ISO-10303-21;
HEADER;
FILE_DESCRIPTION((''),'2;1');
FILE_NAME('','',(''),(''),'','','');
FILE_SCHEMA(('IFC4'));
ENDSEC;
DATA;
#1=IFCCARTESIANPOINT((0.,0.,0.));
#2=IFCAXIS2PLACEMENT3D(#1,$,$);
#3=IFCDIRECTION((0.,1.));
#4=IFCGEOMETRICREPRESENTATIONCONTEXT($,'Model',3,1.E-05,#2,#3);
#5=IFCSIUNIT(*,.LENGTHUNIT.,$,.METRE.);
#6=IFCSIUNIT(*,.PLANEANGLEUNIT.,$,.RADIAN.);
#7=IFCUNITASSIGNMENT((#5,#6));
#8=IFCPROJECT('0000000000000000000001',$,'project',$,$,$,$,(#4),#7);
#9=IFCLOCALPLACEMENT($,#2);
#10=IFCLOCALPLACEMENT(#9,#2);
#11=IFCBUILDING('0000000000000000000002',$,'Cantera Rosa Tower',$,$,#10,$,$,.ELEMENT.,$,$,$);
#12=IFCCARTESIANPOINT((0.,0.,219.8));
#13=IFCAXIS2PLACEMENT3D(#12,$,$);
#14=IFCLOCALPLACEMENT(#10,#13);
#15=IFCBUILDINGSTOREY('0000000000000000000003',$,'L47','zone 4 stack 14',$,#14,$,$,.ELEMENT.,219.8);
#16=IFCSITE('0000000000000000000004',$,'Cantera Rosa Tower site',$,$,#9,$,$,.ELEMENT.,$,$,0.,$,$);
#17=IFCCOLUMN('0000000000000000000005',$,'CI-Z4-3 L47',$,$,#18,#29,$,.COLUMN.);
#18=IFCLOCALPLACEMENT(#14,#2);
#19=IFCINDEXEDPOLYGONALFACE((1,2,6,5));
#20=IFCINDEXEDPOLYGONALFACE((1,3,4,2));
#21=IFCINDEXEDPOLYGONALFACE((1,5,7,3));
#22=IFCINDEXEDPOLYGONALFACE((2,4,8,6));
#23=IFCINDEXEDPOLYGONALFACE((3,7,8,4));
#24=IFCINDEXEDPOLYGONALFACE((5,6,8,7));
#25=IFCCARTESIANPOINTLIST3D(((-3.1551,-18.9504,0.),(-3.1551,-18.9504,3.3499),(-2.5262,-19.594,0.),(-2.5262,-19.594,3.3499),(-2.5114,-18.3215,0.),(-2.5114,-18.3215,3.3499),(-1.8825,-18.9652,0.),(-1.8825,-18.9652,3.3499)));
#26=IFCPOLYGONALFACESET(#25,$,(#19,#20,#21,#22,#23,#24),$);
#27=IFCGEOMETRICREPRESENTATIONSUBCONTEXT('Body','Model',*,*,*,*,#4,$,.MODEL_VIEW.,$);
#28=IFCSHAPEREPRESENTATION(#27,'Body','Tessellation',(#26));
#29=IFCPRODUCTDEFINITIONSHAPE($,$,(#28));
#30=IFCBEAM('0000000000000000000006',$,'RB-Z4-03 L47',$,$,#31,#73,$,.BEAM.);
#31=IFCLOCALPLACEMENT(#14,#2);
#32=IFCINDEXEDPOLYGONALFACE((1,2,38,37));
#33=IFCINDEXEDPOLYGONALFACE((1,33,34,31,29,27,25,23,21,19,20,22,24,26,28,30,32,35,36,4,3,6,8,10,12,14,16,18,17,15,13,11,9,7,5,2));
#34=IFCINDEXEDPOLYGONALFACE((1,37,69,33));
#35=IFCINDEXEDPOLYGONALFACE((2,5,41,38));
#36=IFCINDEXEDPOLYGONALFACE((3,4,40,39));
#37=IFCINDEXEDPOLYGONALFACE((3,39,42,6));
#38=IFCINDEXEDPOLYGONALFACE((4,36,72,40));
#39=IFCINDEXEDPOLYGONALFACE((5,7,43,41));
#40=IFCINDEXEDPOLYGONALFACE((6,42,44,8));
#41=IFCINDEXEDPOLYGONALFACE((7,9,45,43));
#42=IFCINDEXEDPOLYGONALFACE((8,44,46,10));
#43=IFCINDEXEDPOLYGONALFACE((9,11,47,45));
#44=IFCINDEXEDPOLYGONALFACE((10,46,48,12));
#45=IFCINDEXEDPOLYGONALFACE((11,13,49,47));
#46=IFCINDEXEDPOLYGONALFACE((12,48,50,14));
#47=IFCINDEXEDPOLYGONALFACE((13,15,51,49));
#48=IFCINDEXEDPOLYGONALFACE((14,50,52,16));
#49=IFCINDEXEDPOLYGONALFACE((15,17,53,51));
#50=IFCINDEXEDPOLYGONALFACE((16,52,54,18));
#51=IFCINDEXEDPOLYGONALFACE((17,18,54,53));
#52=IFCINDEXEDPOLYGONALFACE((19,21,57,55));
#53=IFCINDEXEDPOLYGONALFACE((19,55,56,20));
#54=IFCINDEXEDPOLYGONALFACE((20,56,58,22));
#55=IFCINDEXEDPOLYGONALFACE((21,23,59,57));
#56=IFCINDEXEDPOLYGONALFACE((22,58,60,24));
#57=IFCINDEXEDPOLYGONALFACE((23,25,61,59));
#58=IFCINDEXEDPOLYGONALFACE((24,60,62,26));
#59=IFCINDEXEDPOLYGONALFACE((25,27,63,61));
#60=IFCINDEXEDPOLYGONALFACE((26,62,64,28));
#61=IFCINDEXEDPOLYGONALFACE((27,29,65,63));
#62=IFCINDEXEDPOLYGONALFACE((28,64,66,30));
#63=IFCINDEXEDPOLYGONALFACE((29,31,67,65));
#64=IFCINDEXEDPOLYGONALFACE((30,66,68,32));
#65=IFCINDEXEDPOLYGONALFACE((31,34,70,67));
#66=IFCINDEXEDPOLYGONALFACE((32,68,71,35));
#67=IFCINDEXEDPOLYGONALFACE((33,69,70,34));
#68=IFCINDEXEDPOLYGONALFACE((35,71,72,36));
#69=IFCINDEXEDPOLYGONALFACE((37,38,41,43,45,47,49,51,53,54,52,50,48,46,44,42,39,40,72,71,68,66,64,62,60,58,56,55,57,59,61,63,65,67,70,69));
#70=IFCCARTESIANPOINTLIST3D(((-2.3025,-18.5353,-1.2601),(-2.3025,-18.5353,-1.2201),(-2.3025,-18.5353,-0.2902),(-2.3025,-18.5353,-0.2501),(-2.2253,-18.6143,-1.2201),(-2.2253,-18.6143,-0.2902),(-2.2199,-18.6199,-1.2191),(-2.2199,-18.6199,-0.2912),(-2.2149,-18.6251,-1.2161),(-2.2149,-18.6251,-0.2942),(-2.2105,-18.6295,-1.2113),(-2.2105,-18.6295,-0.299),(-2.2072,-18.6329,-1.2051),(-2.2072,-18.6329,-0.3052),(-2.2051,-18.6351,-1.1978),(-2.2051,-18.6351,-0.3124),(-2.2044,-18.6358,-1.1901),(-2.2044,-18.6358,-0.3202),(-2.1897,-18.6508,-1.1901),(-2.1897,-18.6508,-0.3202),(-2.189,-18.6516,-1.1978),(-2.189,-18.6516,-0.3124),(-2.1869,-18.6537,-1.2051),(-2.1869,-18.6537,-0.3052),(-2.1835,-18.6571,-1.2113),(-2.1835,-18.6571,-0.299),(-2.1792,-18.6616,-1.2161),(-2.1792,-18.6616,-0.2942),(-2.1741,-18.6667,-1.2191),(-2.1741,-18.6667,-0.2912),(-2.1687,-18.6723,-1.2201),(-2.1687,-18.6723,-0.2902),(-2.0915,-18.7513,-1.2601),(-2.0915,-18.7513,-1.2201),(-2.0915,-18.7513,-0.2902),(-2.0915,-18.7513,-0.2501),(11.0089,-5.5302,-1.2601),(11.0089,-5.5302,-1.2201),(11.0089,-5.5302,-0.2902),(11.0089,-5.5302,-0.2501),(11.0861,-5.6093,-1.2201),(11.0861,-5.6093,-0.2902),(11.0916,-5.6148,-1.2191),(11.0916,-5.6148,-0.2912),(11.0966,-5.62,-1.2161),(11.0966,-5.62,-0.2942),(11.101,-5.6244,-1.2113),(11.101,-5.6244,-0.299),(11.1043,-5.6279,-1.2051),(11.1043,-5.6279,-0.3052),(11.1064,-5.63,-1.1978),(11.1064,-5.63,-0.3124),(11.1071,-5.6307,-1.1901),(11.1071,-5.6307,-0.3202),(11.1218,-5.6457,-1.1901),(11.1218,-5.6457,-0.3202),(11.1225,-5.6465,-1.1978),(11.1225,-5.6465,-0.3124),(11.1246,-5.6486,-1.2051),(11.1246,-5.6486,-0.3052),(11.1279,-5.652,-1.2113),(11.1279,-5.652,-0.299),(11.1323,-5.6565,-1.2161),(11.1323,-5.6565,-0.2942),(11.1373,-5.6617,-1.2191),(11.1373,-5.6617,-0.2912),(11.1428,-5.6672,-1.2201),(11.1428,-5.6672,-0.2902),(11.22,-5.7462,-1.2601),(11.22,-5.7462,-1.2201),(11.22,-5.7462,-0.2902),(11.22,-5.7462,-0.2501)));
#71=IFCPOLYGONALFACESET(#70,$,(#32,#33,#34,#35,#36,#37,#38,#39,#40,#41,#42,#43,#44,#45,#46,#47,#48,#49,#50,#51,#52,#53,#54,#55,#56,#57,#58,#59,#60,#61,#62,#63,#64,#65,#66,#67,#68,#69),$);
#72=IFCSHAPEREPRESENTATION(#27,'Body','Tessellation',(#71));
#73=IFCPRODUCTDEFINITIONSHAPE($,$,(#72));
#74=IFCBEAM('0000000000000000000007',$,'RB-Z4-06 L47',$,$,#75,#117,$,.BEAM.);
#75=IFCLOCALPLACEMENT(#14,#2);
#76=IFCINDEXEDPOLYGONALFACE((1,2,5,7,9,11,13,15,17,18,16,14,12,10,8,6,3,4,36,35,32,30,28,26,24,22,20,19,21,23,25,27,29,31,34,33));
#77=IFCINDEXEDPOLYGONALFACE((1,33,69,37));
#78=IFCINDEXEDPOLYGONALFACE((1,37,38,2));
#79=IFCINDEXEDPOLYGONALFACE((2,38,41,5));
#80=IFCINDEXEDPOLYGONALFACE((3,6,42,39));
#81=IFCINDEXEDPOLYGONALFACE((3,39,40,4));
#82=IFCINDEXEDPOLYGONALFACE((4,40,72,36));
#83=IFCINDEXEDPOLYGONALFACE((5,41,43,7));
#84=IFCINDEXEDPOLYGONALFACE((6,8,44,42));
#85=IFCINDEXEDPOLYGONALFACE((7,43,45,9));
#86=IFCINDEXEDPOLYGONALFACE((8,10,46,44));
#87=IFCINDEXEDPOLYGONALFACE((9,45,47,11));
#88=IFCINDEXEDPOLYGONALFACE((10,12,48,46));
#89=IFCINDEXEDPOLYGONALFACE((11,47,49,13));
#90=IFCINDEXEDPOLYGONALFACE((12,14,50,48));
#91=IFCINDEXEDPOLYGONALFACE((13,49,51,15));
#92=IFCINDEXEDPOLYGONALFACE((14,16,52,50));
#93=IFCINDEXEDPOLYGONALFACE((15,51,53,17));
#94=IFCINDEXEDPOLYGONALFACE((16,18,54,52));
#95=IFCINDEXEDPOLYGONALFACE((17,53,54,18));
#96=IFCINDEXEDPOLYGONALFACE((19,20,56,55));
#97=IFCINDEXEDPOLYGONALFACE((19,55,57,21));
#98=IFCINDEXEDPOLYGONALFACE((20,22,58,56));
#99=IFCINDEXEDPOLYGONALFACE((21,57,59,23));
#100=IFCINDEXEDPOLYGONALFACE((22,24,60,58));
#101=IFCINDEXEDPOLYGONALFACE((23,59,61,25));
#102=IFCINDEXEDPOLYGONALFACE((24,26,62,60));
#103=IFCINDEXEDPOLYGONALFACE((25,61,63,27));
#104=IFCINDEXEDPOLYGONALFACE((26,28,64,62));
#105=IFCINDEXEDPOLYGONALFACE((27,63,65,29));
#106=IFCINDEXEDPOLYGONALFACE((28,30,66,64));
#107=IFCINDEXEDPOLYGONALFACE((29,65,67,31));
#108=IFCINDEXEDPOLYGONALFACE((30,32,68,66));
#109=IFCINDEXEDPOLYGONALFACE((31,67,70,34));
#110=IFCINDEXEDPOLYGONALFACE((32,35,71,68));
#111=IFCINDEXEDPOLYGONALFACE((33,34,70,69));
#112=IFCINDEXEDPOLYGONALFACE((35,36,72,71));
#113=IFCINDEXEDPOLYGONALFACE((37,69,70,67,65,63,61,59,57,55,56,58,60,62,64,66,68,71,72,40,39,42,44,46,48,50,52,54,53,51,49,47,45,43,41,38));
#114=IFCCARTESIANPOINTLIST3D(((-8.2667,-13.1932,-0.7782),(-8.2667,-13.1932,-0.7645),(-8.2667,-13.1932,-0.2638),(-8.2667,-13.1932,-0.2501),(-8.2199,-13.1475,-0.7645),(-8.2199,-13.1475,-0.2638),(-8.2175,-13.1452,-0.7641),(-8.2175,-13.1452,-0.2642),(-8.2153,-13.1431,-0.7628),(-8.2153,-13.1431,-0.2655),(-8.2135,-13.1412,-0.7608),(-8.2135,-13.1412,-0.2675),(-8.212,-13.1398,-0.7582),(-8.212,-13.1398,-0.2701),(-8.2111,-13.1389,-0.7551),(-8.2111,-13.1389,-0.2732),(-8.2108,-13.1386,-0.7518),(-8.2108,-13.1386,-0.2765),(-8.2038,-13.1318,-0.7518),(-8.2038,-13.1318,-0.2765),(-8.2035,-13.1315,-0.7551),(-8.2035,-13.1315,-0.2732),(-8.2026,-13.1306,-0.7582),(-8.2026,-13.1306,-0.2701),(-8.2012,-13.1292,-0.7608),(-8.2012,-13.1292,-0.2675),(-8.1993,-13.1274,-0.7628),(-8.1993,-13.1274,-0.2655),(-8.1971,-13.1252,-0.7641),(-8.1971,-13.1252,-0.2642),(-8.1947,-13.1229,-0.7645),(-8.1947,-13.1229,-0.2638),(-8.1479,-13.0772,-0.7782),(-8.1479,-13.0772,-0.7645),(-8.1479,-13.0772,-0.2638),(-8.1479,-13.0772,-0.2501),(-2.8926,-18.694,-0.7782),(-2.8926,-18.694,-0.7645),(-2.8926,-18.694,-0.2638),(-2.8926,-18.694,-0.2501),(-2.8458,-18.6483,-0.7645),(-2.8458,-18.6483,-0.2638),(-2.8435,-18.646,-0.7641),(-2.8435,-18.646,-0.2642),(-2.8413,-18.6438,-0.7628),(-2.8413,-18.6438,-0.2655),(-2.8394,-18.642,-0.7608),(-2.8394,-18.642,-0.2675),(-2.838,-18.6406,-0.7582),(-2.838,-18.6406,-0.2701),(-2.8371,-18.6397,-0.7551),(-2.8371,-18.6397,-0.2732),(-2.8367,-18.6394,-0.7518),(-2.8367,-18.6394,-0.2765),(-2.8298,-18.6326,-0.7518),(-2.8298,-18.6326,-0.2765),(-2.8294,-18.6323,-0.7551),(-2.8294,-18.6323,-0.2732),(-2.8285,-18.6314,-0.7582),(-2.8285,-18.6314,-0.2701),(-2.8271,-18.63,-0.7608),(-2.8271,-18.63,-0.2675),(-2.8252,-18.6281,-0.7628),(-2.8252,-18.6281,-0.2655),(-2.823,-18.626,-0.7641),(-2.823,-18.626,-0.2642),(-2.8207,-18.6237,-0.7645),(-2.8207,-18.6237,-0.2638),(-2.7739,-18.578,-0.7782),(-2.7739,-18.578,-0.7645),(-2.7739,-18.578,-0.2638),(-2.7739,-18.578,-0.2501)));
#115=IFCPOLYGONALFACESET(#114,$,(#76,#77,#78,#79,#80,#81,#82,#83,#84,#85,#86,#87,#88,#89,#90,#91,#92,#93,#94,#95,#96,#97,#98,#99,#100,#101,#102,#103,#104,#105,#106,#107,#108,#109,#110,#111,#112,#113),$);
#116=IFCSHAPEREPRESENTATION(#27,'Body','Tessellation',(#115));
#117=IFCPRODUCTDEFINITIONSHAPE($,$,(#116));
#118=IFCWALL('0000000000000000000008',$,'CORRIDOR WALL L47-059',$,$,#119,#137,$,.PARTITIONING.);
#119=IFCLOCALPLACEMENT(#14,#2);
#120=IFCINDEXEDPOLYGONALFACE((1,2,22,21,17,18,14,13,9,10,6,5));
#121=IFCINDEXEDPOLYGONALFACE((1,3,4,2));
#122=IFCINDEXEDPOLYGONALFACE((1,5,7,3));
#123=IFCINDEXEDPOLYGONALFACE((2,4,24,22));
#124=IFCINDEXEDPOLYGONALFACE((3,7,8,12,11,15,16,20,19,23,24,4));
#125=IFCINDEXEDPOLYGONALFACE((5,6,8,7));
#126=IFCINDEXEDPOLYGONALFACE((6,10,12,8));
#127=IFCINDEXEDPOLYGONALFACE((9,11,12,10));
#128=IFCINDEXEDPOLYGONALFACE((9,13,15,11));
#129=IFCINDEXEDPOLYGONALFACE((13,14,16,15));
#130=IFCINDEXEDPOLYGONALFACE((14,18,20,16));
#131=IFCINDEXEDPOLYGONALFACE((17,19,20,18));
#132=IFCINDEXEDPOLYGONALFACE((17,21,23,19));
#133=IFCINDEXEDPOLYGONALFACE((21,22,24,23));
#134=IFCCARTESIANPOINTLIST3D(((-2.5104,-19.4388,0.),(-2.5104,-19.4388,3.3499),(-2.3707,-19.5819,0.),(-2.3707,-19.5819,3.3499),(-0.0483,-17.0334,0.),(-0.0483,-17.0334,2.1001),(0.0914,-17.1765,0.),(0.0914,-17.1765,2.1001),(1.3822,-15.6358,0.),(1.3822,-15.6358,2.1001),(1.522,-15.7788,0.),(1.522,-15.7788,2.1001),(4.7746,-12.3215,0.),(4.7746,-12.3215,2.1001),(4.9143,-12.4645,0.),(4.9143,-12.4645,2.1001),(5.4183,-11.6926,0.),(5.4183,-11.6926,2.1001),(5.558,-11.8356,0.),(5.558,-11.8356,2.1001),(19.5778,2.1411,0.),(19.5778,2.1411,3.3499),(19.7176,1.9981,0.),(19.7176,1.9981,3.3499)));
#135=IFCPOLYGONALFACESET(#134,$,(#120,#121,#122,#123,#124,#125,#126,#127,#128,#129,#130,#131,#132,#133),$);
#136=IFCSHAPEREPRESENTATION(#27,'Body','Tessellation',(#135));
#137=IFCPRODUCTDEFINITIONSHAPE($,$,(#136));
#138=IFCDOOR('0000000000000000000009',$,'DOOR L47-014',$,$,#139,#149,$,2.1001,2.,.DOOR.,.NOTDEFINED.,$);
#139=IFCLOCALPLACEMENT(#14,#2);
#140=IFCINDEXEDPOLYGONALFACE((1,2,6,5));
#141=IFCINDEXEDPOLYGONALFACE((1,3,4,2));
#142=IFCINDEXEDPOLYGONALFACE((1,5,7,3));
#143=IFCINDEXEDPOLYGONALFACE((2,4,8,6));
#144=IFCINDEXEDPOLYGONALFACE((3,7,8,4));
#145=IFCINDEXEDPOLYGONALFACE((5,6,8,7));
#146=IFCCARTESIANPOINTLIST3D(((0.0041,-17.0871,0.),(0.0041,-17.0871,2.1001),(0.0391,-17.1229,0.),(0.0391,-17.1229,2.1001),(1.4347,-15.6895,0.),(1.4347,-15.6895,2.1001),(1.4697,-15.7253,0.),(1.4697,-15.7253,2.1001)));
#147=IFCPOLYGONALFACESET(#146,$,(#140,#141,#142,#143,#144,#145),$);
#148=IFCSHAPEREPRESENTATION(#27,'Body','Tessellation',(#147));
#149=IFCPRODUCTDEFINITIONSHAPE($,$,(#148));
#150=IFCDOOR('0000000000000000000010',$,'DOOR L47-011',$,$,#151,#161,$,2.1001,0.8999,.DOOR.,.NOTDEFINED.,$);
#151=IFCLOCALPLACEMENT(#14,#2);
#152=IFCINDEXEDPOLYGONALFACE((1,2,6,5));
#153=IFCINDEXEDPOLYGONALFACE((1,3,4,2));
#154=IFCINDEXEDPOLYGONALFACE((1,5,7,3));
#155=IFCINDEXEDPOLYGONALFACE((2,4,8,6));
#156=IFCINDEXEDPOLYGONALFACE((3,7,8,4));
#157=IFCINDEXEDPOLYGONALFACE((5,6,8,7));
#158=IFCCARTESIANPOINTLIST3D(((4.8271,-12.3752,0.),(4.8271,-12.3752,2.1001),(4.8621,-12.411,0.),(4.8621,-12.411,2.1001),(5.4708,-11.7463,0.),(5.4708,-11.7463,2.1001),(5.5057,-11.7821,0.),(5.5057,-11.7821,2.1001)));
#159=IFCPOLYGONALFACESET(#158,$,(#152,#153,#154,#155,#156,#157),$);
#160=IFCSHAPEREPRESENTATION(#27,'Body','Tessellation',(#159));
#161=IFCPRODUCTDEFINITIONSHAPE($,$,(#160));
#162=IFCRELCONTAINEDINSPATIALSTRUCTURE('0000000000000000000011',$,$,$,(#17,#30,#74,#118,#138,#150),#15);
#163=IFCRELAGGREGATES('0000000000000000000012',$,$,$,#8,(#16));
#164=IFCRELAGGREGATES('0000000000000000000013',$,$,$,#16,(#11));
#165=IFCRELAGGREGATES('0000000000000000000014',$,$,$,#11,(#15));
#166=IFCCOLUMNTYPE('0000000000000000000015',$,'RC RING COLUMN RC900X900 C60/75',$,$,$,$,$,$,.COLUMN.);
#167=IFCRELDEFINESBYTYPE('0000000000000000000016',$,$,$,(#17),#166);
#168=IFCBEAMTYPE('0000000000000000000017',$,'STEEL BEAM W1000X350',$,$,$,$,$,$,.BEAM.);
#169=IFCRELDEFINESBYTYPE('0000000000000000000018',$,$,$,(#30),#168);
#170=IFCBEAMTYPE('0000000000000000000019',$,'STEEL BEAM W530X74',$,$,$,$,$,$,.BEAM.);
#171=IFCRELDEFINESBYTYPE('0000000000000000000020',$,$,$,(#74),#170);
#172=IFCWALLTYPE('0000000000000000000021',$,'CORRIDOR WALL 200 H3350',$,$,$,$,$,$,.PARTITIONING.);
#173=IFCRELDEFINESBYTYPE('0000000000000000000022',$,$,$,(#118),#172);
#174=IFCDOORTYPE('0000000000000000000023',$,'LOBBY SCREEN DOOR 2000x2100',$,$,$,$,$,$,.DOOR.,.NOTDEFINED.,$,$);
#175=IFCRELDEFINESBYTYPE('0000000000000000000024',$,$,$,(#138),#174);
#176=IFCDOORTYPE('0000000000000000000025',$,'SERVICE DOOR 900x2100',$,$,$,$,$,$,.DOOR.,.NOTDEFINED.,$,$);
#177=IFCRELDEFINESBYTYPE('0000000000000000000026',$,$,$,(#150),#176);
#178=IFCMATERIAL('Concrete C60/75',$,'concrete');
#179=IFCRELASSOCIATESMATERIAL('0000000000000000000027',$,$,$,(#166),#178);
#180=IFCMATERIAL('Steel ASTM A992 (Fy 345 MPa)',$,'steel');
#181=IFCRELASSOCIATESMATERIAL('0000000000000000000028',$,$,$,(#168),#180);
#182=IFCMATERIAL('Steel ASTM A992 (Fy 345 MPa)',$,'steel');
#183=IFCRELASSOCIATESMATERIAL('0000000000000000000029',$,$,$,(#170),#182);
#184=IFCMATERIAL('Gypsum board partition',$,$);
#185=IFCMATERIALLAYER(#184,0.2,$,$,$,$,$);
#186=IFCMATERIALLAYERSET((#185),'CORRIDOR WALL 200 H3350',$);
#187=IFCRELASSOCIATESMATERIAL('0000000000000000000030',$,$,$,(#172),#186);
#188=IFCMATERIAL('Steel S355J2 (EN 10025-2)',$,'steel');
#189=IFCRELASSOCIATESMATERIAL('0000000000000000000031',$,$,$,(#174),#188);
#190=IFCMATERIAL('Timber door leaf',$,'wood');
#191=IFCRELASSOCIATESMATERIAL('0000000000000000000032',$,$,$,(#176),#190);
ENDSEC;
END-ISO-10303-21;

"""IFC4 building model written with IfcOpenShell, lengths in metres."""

from ifc_helpers import new_model, si_unit, direction, frame, frame_2d, origin, origin_2d, place, context, subcontext, project, spatial, rectangle, i_section, extrude, material, layer, layer_set, material_profile, profile_set, type_object, element, fill, save


model = new_model("IFC4")

# Units and contexts
model_context = context("Model", 3, precision=1e-05, world=origin(), true_north=direction((0.0, 1.0)))
body_context = subcontext(model_context, "Body", "Model", "MODEL_VIEW")
ifc_project = project(units=[si_unit("LENGTHUNIT", "METRE"), si_unit("PLANEANGLEUNIT", "RADIAN")], contexts=[model_context])

# Site, building, storey
site_placement = place(None, origin())
site = spatial("IfcSite", under=ifc_project, at=site_placement, Name="Cantera Rosa Tower site", CompositionType="ELEMENT", RefElevation=0.0)
building_placement = place(site_placement, origin())
building = spatial("IfcBuilding", under=site, at=building_placement, Name="Cantera Rosa Tower", CompositionType="ELEMENT")
storey_placement = place(building_placement, frame((0.0, 0.0, 219.8)))
storey = spatial("IfcBuildingStorey", under=building, at=storey_placement, Name="L47", Description="zone 4 stack 14", CompositionType="ELEMENT", Elevation=219.8)

# Column
ifc_material_1 = material(Name="Concrete C60/75", Category="concrete")
ifc_material_profile_1 = material_profile(ifc_material_1, rectangle(XDim=0.8999, YDim=0.8999, at=origin_2d()), Name="RC RING COLUMN RC900X900 C60/75")
ifc_profile_set_1 = profile_set([ifc_material_profile_1], Name="Concrete C60/75")
column_type = type_object("IfcColumnType", Name="RC RING COLUMN RC900X900 C60/75", PredefinedType="COLUMN", material=ifc_profile_set_1)
column_placement = place(storey_placement, frame((-2.5188, -18.9578, 0.0), z_axis=(0.0, 0.0, 1.0), x_axis=(0.715286, 0.698832, 0.0)))
element("IfcColumn", 1, at=column_placement, inside=storey, type_object=column_type, Name="CI-Z4-3 L47", PredefinedType="COLUMN", context=body_context, shape_type="SweptSolid", body=[
    extrude(rectangle(XDim=0.8999, YDim=0.8999, at=origin_2d()), origin(), (0.0, 0.0, 1.0), 3.3499),
])

# Beams
ifc_material_2 = material(Name="Steel ASTM A992 (Fy 345 MPa)", Category="steel")
ifc_material_profile_2 = material_profile(ifc_material_2, i_section(OverallWidth=0.302, OverallDepth=1.01, WebThickness=0.021, FlangeThickness=0.04, FilletRadius=0.03, at=origin_2d()), Name="W1000X350")
ifc_profile_set_2 = profile_set([ifc_material_profile_2], Name="Steel ASTM A992 (Fy 345 MPa)")
beam_type_1 = type_object("IfcBeamType", Name="STEEL BEAM W1000X350", PredefinedType="BEAM", material=ifc_profile_set_2)
beam_1_placement = place(storey_placement, frame((-2.197, -18.6433, -0.7551), z_axis=(0.715291, 0.698827, 0.0), x_axis=(-0.698827, 0.715291, 0.0)))
element("IfcBeam", 2, at=beam_1_placement, inside=storey, type_object=beam_type_1, Name="RB-Z4-03 L47", PredefinedType="BEAM", context=body_context, shape_type="SweptSolid", body=[
    extrude(i_section(OverallWidth=0.302, OverallDepth=1.01, WebThickness=0.021, FlangeThickness=0.04, FilletRadius=0.03, at=origin_2d()), origin(), (0.0, 0.0, 1.0), 18.6099),
])
ifc_material_3 = material(Name="Steel ASTM A992 (Fy 345 MPa)", Category="steel")
ifc_material_profile_3 = material_profile(ifc_material_3, i_section(OverallWidth=0.166, OverallDepth=0.5281, WebThickness=0.0098, FlangeThickness=0.0137, FilletRadius=0.0127, at=origin_2d()), Name="W530X74")
ifc_profile_set_3 = profile_set([ifc_material_profile_3], Name="Steel ASTM A992 (Fy 345 MPa)")
beam_type_2 = type_object("IfcBeamType", Name="STEEL BEAM W530X74", PredefinedType="BEAM", material=ifc_profile_set_3)
beam_2_placement = place(storey_placement, frame((-2.8333, -18.636, -0.5142), z_axis=(-0.69882, 0.715297, 0.0), x_axis=(-0.715297, -0.69882, 0.0)))
element("IfcBeam", 3, at=beam_2_placement, inside=storey, type_object=beam_type_2, Name="RB-Z4-06 L47", PredefinedType="BEAM", context=body_context, shape_type="SweptSolid", body=[
    extrude(i_section(OverallWidth=0.166, OverallDepth=0.5281, WebThickness=0.0098, FlangeThickness=0.0137, FilletRadius=0.0127, at=origin_2d()), origin(), (0.0, 0.0, 1.0), 7.6902),
])

# Wall, openings, doors
ifc_material_4 = material(Name="Gypsum board partition")
ifc_layer_1 = layer(ifc_material_4, 0.2)
ifc_layer_set_1 = layer_set([ifc_layer_1], Name="CORRIDOR WALL 200 H3350")
wall_type_1 = type_object("IfcWallType", Name="CORRIDOR WALL 200 H3350", PredefinedType="PARTITIONING", material=ifc_layer_set_1)
wall_1_placement = place(storey_placement, frame((-2.4404, -19.5103, 0.0), z_axis=(0.0, 0.0, 1.0), x_axis=(0.715289, 0.698829, 0.0)))
wall_1 = element("IfcWall", 4, at=wall_1_placement, inside=storey, type_object=wall_type_1, Name="CORRIDOR WALL L47-059", PredefinedType="PARTITIONING", context=body_context, shape_type="SweptSolid", body=[
    extrude(rectangle(XDim=30.8801, YDim=0.2, at=frame_2d((15.4399, 0.0))), origin(), (0.0, 0.0, 1.0), 3.3499),
])
opening_1_placement = place(wall_1_placement, frame((10.1846, 0.0, 0.0)))
opening_1 = element("IfcOpeningElement", 5, at=opening_1_placement, cuts=wall_1, PredefinedType="OPENING", context=body_context, shape_type="SweptSolid", body=[
    extrude(rectangle(XDim=0.8999, YDim=2.1001, at=frame_2d((0.45, 1.05))), frame((0.0, 0.1099, 0.0), z_axis=(0.0, -1.0, 0.0), x_axis=(1.0, 0.0, 0.0)), (0.0, 0.0, 1.0), 0.22),
])
opening_2_placement = place(wall_1_placement, frame((3.4419, 0.0, 0.0)))
opening_2 = element("IfcOpeningElement", 6, at=opening_2_placement, cuts=wall_1, PredefinedType="OPENING", context=body_context, shape_type="SweptSolid", body=[
    extrude(rectangle(XDim=2.0, YDim=2.1001, at=frame_2d((1.0, 1.05))), frame((0.0, 0.1099, 0.0), z_axis=(0.0, -1.0, 0.0), x_axis=(1.0, 0.0, 0.0)), (0.0, 0.0, 1.0), 0.22),
])
ifc_material_5 = material(Name="Steel S355J2 (EN 10025-2)", Category="steel")
door_type_1 = type_object("IfcDoorType", Name="LOBBY SCREEN DOOR 2000x2100", OperationType="NOTDEFINED", PredefinedType="DOOR", material=ifc_material_5)
door_1_placement = place(opening_2_placement, origin())
door_1 = element("IfcDoor", 7, at=door_1_placement, inside=storey, type_object=door_type_1, Name="DOOR L47-014", OperationType="NOTDEFINED", OverallHeight=2.1001, OverallWidth=2.0, PredefinedType="DOOR", context=body_context, shape_type="SweptSolid", body=[
    extrude(rectangle(XDim=2.0, YDim=2.1001, at=frame_2d((1.0, 1.05))), frame((0.0, 0.0249, 0.0), z_axis=(0.0, -1.0, 0.0), x_axis=(1.0, 0.0, 0.0)), (0.0, 0.0, 1.0), 0.05),
])
fill(opening_2, door_1)
ifc_material_6 = material(Name="Timber door leaf", Category="wood")
door_type_2 = type_object("IfcDoorType", Name="SERVICE DOOR 900x2100", OperationType="NOTDEFINED", PredefinedType="DOOR", material=ifc_material_6)
door_2_placement = place(opening_1_placement, origin())
door_2 = element("IfcDoor", 8, at=door_2_placement, inside=storey, type_object=door_type_2, Name="DOOR L47-011", OperationType="NOTDEFINED", OverallHeight=2.1001, OverallWidth=0.8999, PredefinedType="DOOR", context=body_context, shape_type="SweptSolid", body=[
    extrude(rectangle(XDim=0.8999, YDim=2.1001, at=frame_2d((0.45, 1.05))), frame((0.0, 0.0249, 0.0), z_axis=(0.0, -1.0, 0.0), x_axis=(1.0, 0.0, 0.0)), (0.0, 0.0, 1.0), 0.05),
])
fill(opening_1, door_2)

save(model, "model.ifc")
